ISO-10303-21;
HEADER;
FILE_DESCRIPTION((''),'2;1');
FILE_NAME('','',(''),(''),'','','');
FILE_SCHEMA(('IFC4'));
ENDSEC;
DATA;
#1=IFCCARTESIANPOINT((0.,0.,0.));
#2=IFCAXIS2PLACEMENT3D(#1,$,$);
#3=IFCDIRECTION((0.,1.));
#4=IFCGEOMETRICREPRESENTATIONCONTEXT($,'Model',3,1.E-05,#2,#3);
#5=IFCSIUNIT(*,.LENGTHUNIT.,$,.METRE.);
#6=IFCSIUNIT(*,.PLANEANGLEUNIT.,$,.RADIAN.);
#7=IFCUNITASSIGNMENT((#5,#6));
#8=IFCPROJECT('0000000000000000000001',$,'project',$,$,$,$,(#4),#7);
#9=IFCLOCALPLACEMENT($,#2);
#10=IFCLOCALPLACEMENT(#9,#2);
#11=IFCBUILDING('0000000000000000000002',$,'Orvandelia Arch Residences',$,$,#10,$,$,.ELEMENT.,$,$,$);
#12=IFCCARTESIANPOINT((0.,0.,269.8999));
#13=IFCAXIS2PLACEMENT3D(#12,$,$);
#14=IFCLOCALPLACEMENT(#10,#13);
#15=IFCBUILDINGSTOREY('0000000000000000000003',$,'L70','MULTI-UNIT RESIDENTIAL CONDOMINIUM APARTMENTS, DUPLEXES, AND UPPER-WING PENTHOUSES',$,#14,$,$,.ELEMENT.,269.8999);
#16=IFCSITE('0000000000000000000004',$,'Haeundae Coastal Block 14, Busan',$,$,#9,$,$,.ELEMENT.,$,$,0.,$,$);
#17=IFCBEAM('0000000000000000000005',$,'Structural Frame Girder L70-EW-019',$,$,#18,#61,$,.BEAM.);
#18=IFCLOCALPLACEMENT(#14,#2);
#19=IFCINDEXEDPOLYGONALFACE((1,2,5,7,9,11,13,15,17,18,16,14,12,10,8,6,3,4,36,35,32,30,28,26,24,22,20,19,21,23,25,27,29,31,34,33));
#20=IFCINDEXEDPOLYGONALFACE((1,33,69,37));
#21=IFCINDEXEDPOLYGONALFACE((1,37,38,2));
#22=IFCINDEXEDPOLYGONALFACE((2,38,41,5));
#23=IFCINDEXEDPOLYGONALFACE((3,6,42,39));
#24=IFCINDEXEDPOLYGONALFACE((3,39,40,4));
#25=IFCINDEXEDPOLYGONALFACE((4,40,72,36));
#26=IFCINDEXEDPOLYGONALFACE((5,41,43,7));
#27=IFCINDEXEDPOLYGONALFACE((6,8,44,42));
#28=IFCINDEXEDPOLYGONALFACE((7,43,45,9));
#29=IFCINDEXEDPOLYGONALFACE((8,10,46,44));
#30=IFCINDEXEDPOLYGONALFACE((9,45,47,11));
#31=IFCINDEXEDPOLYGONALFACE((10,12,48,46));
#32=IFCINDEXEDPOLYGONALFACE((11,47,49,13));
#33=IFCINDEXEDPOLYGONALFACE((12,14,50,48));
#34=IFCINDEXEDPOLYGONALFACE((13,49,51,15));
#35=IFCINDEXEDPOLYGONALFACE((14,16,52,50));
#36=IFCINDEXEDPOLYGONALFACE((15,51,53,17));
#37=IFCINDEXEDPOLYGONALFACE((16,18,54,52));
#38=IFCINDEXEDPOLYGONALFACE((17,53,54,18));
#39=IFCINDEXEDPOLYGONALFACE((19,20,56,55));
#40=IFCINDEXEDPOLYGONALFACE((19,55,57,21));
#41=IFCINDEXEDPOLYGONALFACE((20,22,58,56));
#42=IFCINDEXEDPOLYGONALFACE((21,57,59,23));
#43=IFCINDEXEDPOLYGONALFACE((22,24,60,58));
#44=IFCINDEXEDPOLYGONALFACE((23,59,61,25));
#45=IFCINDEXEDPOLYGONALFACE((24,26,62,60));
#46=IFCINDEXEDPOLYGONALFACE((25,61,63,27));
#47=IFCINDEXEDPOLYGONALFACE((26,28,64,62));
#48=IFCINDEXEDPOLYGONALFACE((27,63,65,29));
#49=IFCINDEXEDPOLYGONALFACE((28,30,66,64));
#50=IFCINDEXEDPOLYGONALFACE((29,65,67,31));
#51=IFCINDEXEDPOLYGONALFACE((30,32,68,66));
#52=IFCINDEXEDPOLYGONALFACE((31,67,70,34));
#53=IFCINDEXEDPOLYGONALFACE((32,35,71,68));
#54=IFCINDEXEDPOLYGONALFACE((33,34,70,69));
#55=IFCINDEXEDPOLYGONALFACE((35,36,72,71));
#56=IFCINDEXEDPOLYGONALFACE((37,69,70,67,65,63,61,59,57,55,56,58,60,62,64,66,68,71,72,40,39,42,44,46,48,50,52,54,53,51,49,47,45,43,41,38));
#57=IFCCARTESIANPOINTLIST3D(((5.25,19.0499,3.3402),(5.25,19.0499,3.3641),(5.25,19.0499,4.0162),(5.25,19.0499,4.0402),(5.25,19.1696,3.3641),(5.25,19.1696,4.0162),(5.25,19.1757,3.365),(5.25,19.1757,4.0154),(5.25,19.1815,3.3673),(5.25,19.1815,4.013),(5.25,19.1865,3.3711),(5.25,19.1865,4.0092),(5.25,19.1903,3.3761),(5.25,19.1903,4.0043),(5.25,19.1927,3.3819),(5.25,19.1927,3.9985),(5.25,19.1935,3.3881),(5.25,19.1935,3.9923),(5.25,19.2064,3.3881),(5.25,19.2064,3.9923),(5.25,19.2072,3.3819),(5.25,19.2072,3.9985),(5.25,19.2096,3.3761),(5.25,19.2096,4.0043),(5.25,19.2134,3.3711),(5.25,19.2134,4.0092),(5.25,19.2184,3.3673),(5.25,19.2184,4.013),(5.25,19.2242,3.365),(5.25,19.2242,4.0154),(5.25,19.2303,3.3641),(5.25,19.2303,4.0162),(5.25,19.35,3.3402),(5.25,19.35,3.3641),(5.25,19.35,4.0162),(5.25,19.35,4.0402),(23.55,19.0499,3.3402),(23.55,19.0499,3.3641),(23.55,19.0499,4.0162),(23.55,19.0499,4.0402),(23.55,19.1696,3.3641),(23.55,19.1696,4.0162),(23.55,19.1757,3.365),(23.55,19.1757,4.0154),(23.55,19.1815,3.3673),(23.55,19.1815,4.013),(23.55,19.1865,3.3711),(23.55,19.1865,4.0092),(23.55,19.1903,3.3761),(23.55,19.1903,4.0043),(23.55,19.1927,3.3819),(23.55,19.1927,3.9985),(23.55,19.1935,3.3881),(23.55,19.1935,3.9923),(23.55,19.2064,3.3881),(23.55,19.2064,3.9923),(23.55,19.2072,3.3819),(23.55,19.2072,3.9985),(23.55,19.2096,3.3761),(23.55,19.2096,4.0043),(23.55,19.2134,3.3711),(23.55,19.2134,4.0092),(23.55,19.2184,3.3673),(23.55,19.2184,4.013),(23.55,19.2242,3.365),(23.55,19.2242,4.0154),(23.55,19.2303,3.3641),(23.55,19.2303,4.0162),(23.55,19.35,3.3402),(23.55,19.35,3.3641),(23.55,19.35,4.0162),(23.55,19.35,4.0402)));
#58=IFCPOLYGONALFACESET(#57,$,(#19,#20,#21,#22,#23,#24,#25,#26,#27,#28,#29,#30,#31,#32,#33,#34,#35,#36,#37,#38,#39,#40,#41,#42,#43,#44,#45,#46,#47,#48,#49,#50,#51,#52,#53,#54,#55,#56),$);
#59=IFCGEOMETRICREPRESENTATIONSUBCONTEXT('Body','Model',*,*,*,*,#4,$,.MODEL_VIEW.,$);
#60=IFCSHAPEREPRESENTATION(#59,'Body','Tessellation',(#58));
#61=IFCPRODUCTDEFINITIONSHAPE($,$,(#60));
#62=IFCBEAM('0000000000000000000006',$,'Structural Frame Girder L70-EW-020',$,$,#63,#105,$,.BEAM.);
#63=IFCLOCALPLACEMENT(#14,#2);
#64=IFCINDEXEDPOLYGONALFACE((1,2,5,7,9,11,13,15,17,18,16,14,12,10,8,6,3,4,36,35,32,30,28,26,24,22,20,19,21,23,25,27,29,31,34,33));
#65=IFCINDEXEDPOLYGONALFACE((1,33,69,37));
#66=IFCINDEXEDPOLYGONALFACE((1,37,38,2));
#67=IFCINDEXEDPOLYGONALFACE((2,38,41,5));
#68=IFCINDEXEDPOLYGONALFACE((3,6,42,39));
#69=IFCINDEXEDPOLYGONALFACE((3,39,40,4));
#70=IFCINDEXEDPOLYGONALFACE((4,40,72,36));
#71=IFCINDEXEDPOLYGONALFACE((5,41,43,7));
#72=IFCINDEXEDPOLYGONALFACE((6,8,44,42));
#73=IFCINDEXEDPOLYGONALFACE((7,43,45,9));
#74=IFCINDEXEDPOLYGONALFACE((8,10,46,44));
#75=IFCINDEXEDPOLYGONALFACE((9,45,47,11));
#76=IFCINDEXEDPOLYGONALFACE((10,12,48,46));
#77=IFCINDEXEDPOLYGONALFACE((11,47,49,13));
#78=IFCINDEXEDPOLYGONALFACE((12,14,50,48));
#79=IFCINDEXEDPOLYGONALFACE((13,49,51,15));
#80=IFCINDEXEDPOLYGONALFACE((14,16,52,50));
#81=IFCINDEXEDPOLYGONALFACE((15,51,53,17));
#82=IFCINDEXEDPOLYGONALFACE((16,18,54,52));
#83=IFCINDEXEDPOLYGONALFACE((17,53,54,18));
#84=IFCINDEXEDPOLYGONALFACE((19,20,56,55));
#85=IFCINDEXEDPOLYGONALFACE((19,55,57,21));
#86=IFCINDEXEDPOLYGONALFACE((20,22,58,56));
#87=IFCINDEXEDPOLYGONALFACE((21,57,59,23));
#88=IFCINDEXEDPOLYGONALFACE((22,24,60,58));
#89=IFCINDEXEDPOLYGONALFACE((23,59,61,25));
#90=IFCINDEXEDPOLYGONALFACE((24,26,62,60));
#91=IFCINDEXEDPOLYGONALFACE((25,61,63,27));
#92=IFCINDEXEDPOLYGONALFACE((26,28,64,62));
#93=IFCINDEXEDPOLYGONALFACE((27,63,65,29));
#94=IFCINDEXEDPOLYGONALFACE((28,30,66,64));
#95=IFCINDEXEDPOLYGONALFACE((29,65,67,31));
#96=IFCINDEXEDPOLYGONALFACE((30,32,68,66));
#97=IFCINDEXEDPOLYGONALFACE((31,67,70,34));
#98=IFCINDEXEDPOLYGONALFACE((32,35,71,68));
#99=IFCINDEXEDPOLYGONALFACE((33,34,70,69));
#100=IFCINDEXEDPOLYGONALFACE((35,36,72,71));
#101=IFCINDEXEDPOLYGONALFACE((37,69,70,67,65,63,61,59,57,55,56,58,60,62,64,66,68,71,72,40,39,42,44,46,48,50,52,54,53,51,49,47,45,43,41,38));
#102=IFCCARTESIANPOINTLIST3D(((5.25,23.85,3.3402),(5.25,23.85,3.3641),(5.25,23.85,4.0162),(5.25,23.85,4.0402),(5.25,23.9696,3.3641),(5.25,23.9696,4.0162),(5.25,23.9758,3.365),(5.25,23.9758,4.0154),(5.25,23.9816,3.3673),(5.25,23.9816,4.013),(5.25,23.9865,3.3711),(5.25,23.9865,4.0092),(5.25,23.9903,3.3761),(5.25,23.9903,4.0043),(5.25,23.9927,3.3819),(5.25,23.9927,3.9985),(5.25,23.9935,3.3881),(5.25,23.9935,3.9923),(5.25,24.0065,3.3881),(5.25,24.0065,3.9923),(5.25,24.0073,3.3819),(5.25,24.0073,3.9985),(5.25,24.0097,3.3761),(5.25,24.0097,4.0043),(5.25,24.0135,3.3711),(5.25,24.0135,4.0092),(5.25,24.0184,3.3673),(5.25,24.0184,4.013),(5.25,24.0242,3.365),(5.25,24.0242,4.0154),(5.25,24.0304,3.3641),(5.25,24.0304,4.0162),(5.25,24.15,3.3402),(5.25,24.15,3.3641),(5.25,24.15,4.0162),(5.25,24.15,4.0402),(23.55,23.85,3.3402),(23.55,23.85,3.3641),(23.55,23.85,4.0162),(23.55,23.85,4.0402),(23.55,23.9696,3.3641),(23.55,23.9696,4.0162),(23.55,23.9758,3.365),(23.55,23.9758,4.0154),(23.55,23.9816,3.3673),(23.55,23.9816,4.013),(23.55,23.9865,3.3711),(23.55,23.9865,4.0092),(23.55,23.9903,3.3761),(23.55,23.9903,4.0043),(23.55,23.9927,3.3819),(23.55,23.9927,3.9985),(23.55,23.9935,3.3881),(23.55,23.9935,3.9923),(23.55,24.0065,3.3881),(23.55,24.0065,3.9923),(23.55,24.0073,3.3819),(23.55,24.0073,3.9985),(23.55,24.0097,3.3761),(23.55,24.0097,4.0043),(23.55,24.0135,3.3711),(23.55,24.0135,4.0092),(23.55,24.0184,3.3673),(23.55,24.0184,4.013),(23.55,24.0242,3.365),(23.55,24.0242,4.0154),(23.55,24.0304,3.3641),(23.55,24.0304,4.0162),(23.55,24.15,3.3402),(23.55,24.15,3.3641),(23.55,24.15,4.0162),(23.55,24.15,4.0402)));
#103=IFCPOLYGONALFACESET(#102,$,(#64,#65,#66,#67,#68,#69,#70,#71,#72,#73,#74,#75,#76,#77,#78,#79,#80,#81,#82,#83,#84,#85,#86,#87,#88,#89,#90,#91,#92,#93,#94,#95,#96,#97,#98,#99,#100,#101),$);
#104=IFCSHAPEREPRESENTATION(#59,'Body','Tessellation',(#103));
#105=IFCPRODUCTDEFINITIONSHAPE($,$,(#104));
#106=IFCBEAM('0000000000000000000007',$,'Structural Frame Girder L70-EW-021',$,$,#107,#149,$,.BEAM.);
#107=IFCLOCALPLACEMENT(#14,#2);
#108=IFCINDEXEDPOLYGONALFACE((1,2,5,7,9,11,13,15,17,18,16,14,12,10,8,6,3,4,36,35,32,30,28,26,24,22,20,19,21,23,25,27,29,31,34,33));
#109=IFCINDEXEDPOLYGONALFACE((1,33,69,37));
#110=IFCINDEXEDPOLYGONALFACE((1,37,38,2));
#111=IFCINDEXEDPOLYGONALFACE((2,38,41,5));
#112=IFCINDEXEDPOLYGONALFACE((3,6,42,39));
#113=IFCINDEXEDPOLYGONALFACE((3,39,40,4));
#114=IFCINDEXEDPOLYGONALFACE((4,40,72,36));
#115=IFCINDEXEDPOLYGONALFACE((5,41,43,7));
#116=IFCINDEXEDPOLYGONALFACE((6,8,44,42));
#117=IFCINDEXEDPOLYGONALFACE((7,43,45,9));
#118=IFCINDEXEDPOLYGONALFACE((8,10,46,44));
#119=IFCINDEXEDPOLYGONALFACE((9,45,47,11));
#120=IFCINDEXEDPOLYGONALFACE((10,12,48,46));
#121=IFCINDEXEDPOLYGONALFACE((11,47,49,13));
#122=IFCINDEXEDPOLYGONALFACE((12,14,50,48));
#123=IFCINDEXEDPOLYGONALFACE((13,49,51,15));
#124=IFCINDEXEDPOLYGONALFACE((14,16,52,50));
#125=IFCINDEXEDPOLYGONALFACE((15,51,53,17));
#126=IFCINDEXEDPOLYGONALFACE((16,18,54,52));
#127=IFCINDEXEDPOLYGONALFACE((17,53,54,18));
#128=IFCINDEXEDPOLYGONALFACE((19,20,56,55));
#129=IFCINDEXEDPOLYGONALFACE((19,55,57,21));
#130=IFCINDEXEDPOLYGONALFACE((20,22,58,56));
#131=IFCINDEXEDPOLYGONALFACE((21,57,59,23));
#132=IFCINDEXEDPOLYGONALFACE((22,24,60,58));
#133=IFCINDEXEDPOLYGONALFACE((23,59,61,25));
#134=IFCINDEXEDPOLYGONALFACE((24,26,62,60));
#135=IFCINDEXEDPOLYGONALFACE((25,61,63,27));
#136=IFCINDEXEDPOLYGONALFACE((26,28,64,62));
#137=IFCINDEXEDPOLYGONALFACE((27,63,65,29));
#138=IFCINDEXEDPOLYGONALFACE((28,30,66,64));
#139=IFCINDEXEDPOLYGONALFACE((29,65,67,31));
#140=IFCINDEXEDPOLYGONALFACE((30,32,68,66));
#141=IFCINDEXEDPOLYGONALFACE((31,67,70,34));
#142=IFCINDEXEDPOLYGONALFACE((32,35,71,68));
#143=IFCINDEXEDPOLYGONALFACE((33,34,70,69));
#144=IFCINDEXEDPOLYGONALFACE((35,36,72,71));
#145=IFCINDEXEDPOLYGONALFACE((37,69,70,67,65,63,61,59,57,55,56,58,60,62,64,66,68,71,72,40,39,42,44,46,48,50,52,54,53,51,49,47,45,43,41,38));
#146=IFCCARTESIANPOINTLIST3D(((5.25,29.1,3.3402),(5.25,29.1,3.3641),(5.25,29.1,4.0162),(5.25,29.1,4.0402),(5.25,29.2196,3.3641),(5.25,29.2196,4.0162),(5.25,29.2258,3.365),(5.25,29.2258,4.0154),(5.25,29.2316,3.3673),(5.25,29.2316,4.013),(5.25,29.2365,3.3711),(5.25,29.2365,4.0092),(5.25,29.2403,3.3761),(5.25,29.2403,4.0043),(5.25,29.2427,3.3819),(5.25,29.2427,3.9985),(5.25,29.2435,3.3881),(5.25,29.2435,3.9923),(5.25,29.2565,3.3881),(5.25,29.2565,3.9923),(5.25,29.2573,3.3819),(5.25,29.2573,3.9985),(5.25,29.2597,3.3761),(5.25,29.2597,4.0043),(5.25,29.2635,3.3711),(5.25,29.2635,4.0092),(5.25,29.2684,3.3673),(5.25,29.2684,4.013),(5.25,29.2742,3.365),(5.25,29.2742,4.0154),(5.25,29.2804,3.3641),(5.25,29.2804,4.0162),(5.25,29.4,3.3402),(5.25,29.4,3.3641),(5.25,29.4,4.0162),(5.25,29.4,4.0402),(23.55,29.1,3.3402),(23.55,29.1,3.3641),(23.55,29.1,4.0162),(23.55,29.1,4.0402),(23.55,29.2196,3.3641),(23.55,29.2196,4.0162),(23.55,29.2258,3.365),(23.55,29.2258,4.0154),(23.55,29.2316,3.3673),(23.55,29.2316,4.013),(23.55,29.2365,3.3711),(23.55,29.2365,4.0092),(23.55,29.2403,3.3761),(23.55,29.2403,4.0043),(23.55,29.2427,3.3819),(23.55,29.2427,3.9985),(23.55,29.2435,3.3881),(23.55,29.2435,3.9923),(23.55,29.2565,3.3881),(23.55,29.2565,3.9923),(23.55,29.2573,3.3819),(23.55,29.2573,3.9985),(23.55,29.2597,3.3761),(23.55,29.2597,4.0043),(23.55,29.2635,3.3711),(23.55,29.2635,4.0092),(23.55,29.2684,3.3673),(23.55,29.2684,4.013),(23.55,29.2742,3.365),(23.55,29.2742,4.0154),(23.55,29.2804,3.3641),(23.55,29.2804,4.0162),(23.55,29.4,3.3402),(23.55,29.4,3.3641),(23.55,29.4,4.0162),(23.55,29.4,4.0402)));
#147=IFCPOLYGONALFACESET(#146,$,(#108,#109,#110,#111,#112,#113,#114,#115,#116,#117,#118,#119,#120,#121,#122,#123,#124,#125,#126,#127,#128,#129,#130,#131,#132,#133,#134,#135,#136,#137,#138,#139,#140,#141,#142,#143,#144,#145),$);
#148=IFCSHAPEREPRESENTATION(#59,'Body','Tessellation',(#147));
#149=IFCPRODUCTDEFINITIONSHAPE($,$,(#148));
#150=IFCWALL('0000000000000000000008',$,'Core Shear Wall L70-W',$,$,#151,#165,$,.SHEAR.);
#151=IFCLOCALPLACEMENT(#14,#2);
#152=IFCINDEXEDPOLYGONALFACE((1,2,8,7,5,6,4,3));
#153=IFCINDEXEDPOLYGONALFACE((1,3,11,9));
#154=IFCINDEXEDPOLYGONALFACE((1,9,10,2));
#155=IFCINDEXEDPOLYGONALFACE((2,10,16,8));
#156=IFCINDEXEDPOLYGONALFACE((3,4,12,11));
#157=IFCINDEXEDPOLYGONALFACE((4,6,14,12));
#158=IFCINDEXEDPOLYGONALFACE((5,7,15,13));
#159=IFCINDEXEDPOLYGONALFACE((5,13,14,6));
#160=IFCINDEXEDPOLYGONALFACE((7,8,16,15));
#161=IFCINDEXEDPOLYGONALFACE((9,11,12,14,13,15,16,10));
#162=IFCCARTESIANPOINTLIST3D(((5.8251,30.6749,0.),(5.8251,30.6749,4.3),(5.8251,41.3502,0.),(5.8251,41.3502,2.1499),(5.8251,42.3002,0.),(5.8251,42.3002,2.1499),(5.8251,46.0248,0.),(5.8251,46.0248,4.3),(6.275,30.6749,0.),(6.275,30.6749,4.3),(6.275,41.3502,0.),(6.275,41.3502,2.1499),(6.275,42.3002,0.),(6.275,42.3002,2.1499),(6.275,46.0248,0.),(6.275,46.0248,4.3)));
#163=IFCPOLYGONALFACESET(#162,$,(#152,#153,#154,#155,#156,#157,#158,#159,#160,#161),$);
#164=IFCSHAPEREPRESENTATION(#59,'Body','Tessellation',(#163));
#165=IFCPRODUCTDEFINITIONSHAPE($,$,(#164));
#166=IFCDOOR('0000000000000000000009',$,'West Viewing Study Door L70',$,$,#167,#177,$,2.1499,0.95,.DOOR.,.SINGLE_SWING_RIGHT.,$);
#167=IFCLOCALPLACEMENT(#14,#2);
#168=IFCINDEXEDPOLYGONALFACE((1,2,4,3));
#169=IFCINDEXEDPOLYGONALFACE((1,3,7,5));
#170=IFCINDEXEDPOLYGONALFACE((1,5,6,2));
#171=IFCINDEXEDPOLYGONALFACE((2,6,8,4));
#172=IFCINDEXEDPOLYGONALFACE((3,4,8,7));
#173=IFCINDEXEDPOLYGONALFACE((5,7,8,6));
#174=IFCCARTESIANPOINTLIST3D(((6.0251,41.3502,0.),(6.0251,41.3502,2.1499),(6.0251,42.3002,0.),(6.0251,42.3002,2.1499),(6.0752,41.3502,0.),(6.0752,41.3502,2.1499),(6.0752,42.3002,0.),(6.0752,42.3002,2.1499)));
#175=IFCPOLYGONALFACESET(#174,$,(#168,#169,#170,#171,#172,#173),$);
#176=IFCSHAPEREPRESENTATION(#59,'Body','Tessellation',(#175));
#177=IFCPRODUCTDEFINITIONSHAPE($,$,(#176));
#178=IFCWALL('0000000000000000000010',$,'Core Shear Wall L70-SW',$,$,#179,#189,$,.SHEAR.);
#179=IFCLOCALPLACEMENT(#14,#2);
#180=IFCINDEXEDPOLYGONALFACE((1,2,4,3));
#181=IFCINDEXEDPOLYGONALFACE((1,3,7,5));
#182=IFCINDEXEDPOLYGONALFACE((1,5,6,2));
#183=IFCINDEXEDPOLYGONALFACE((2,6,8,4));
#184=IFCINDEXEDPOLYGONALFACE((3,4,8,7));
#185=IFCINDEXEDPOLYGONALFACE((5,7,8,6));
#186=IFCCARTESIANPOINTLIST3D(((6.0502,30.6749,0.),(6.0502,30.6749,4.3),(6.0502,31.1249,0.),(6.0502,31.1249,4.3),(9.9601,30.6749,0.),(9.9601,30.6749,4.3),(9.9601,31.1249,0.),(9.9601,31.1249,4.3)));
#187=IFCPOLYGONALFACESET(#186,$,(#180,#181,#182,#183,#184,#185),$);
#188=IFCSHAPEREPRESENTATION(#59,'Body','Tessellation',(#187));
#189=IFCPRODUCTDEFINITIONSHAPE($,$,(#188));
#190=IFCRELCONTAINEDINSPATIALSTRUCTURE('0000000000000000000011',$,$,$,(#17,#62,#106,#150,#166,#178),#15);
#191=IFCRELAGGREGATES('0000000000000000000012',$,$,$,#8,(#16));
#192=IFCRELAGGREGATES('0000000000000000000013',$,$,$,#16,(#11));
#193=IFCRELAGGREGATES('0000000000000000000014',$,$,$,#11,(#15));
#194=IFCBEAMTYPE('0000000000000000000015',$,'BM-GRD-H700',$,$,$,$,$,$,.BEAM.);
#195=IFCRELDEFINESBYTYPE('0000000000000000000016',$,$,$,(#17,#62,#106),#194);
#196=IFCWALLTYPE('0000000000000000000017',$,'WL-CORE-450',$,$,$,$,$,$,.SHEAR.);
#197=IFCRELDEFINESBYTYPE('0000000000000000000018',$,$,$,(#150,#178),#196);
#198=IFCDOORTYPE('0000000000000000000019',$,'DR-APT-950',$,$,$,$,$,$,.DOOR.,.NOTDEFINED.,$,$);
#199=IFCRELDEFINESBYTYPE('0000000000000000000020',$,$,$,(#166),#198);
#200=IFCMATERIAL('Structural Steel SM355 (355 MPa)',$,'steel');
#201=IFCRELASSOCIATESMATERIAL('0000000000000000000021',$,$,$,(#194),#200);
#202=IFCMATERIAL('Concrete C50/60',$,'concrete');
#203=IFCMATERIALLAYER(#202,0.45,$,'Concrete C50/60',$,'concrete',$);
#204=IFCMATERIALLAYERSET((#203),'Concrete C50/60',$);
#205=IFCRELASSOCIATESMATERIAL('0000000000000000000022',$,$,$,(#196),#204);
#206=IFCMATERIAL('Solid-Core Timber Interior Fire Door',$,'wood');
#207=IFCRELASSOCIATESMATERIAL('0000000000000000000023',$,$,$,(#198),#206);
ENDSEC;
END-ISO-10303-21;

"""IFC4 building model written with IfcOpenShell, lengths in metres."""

from ifc_helpers import new_model, si_unit, direction, frame, frame_2d, origin, origin_2d, place, context, subcontext, project, spatial, rectangle, i_section, extrude, material, layer, layer_set, material_profile, profile_set, type_object, element, fill, save


model = new_model("IFC4")

# Units and contexts
model_context = context("Model", 3, precision=1e-05, world=origin(), true_north=direction((0.0, 1.0)))
body_context = subcontext(model_context, "Body", "Model", "MODEL_VIEW")
ifc_project = project(units=[si_unit("LENGTHUNIT", "METRE"), si_unit("PLANEANGLEUNIT", "RADIAN")], contexts=[model_context])

# Site, building, storey
site_placement = place(None, origin())
site = spatial("IfcSite", under=ifc_project, at=site_placement, Name="Haeundae Coastal Block 14, Busan", CompositionType="ELEMENT", RefElevation=0.0)
building_placement = place(site_placement, origin())
building = spatial("IfcBuilding", under=site, at=building_placement, Name="Orvandelia Arch Residences", CompositionType="ELEMENT")
storey_placement = place(building_placement, frame((0.0, 0.0, 269.8999)))
storey = spatial("IfcBuildingStorey", under=building, at=storey_placement, Name="L70", Description="MULTI-UNIT RESIDENTIAL CONDOMINIUM APARTMENTS, DUPLEXES, AND UPPER-WING PENTHOUSES", CompositionType="ELEMENT", Elevation=269.8999)

# Shared definitions
ifc_material_1 = material(Name="Concrete C50/60", Category="concrete")

# Beams
ifc_material_2 = material(Name="Structural Steel SM355 (355 MPa)", Category="steel")
ifc_material_profile_1 = material_profile(ifc_material_2, i_section(OverallWidth=0.3, OverallDepth=0.7, WebThickness=0.0129, FlangeThickness=0.0239, FilletRadius=0.0239, at=origin_2d()), Name="Structural Steel SM355 (355 MPa)", Category="steel")
ifc_profile_set_1 = profile_set([ifc_material_profile_1], Name="Structural Steel SM355 (355 MPa)")
beam_type = type_object("IfcBeamType", Name="BM-GRD-H700", PredefinedType="BEAM", material=ifc_profile_set_1)
for number, where, z_axis, x_axis, name in (
    (1, (5.25, 19.2, 3.6902), (1.0, 0.0, 0.0), (0.0, 1.0, 0.0), "Structural Frame Girder L70-EW-019"),
    (2, (5.25, 24.0, 3.6902), (1.0, 0.0, 0.0), (0.0, 1.0, 0.0), "Structural Frame Girder L70-EW-020"),
    (3, (5.25, 29.25, 3.6902), (1.0, 0.0, 0.0), (0.0, 1.0, 0.0), "Structural Frame Girder L70-EW-021"),
):
    element("IfcBeam", number, at=place(storey_placement, frame(where, z_axis=z_axis, x_axis=x_axis)), inside=storey, type_object=beam_type, Name=name, PredefinedType="BEAM", context=body_context, shape_type="SweptSolid", body=[
        extrude(i_section(OverallWidth=0.3, OverallDepth=0.7, WebThickness=0.0129, FlangeThickness=0.0239, FilletRadius=0.0239, at=origin_2d()), origin(), (0.0, 0.0, 1.0), 18.3),
    ])

# Wall, opening, door
ifc_layer_1 = layer(ifc_material_1, 0.45, Name="Concrete C50/60", Category="concrete")
ifc_layer_set_1 = layer_set([ifc_layer_1], Name="Concrete C50/60")
wall_type_1 = type_object("IfcWallType", Name="WL-CORE-450", PredefinedType="SHEAR", material=ifc_layer_set_1)
wall_1_placement = place(storey_placement, frame((6.05, 30.675, 0.0), z_axis=(0.0, 0.0, 1.0), x_axis=(0.0, 1.0, 0.0)))
wall_1 = element("IfcWall", 4, at=wall_1_placement, inside=storey, type_object=wall_type_1, Name="Core Shear Wall L70-W", PredefinedType="SHEAR", context=body_context, shape_type="SweptSolid", body=[
    extrude(rectangle(XDim=15.3499, YDim=0.45, at=frame_2d((7.6748, 0.0))), origin(), (0.0, 0.0, 1.0), 4.3),
])
opening_1_placement = place(wall_1_placement, frame((10.675, 0.0, 0.0)))
opening_1 = element("IfcOpeningElement", 5, at=opening_1_placement, cuts=wall_1, PredefinedType="OPENING", context=body_context, shape_type="SweptSolid", body=[
    extrude(rectangle(XDim=0.95, YDim=2.1499, at=frame_2d((0.4751, 1.075))), frame((0.0, 0.2349, 0.0), z_axis=(0.0, -1.0, 0.0), x_axis=(1.0, 0.0, 0.0)), (0.0, 0.0, 1.0), 0.47),
])
ifc_material_3 = material(Name="Solid-Core Timber Interior Fire Door", Category="wood")
door_type_1 = type_object("IfcDoorType", Name="DR-APT-950", OperationType="NOTDEFINED", PredefinedType="DOOR", material=ifc_material_3)
door_1_placement = place(opening_1_placement, origin())
door_1 = element("IfcDoor", 6, at=door_1_placement, inside=storey, type_object=door_type_1, Name="West Viewing Study Door L70", OperationType="SINGLE_SWING_RIGHT", OverallHeight=2.1499, OverallWidth=0.95, PredefinedType="DOOR", context=body_context, shape_type="SweptSolid", body=[
    extrude(rectangle(XDim=0.95, YDim=2.1499, at=frame_2d((0.4751, 1.075))), frame((0.0, 0.0249, 0.0), z_axis=(0.0, -1.0, 0.0), x_axis=(1.0, 0.0, 0.0)), (0.0, 0.0, 1.0), 0.05),
])
fill(opening_1, door_1)

# Wall
wall_2_placement = place(storey_placement, frame((6.05, 30.8999, 0.0), z_axis=(0.0, 0.0, 1.0), x_axis=(1.0, 0.0, 0.0)))
element("IfcWall", 7, at=wall_2_placement, inside=storey, type_object=wall_type_1, Name="Core Shear Wall L70-SW", PredefinedType="SHEAR", context=body_context, shape_type="SweptSolid", body=[
    extrude(rectangle(XDim=3.9099, YDim=0.45, at=frame_2d((1.9551, 0.0))), origin(), (0.0, 0.0, 1.0), 4.3),
])

save(model, "model.ifc")
